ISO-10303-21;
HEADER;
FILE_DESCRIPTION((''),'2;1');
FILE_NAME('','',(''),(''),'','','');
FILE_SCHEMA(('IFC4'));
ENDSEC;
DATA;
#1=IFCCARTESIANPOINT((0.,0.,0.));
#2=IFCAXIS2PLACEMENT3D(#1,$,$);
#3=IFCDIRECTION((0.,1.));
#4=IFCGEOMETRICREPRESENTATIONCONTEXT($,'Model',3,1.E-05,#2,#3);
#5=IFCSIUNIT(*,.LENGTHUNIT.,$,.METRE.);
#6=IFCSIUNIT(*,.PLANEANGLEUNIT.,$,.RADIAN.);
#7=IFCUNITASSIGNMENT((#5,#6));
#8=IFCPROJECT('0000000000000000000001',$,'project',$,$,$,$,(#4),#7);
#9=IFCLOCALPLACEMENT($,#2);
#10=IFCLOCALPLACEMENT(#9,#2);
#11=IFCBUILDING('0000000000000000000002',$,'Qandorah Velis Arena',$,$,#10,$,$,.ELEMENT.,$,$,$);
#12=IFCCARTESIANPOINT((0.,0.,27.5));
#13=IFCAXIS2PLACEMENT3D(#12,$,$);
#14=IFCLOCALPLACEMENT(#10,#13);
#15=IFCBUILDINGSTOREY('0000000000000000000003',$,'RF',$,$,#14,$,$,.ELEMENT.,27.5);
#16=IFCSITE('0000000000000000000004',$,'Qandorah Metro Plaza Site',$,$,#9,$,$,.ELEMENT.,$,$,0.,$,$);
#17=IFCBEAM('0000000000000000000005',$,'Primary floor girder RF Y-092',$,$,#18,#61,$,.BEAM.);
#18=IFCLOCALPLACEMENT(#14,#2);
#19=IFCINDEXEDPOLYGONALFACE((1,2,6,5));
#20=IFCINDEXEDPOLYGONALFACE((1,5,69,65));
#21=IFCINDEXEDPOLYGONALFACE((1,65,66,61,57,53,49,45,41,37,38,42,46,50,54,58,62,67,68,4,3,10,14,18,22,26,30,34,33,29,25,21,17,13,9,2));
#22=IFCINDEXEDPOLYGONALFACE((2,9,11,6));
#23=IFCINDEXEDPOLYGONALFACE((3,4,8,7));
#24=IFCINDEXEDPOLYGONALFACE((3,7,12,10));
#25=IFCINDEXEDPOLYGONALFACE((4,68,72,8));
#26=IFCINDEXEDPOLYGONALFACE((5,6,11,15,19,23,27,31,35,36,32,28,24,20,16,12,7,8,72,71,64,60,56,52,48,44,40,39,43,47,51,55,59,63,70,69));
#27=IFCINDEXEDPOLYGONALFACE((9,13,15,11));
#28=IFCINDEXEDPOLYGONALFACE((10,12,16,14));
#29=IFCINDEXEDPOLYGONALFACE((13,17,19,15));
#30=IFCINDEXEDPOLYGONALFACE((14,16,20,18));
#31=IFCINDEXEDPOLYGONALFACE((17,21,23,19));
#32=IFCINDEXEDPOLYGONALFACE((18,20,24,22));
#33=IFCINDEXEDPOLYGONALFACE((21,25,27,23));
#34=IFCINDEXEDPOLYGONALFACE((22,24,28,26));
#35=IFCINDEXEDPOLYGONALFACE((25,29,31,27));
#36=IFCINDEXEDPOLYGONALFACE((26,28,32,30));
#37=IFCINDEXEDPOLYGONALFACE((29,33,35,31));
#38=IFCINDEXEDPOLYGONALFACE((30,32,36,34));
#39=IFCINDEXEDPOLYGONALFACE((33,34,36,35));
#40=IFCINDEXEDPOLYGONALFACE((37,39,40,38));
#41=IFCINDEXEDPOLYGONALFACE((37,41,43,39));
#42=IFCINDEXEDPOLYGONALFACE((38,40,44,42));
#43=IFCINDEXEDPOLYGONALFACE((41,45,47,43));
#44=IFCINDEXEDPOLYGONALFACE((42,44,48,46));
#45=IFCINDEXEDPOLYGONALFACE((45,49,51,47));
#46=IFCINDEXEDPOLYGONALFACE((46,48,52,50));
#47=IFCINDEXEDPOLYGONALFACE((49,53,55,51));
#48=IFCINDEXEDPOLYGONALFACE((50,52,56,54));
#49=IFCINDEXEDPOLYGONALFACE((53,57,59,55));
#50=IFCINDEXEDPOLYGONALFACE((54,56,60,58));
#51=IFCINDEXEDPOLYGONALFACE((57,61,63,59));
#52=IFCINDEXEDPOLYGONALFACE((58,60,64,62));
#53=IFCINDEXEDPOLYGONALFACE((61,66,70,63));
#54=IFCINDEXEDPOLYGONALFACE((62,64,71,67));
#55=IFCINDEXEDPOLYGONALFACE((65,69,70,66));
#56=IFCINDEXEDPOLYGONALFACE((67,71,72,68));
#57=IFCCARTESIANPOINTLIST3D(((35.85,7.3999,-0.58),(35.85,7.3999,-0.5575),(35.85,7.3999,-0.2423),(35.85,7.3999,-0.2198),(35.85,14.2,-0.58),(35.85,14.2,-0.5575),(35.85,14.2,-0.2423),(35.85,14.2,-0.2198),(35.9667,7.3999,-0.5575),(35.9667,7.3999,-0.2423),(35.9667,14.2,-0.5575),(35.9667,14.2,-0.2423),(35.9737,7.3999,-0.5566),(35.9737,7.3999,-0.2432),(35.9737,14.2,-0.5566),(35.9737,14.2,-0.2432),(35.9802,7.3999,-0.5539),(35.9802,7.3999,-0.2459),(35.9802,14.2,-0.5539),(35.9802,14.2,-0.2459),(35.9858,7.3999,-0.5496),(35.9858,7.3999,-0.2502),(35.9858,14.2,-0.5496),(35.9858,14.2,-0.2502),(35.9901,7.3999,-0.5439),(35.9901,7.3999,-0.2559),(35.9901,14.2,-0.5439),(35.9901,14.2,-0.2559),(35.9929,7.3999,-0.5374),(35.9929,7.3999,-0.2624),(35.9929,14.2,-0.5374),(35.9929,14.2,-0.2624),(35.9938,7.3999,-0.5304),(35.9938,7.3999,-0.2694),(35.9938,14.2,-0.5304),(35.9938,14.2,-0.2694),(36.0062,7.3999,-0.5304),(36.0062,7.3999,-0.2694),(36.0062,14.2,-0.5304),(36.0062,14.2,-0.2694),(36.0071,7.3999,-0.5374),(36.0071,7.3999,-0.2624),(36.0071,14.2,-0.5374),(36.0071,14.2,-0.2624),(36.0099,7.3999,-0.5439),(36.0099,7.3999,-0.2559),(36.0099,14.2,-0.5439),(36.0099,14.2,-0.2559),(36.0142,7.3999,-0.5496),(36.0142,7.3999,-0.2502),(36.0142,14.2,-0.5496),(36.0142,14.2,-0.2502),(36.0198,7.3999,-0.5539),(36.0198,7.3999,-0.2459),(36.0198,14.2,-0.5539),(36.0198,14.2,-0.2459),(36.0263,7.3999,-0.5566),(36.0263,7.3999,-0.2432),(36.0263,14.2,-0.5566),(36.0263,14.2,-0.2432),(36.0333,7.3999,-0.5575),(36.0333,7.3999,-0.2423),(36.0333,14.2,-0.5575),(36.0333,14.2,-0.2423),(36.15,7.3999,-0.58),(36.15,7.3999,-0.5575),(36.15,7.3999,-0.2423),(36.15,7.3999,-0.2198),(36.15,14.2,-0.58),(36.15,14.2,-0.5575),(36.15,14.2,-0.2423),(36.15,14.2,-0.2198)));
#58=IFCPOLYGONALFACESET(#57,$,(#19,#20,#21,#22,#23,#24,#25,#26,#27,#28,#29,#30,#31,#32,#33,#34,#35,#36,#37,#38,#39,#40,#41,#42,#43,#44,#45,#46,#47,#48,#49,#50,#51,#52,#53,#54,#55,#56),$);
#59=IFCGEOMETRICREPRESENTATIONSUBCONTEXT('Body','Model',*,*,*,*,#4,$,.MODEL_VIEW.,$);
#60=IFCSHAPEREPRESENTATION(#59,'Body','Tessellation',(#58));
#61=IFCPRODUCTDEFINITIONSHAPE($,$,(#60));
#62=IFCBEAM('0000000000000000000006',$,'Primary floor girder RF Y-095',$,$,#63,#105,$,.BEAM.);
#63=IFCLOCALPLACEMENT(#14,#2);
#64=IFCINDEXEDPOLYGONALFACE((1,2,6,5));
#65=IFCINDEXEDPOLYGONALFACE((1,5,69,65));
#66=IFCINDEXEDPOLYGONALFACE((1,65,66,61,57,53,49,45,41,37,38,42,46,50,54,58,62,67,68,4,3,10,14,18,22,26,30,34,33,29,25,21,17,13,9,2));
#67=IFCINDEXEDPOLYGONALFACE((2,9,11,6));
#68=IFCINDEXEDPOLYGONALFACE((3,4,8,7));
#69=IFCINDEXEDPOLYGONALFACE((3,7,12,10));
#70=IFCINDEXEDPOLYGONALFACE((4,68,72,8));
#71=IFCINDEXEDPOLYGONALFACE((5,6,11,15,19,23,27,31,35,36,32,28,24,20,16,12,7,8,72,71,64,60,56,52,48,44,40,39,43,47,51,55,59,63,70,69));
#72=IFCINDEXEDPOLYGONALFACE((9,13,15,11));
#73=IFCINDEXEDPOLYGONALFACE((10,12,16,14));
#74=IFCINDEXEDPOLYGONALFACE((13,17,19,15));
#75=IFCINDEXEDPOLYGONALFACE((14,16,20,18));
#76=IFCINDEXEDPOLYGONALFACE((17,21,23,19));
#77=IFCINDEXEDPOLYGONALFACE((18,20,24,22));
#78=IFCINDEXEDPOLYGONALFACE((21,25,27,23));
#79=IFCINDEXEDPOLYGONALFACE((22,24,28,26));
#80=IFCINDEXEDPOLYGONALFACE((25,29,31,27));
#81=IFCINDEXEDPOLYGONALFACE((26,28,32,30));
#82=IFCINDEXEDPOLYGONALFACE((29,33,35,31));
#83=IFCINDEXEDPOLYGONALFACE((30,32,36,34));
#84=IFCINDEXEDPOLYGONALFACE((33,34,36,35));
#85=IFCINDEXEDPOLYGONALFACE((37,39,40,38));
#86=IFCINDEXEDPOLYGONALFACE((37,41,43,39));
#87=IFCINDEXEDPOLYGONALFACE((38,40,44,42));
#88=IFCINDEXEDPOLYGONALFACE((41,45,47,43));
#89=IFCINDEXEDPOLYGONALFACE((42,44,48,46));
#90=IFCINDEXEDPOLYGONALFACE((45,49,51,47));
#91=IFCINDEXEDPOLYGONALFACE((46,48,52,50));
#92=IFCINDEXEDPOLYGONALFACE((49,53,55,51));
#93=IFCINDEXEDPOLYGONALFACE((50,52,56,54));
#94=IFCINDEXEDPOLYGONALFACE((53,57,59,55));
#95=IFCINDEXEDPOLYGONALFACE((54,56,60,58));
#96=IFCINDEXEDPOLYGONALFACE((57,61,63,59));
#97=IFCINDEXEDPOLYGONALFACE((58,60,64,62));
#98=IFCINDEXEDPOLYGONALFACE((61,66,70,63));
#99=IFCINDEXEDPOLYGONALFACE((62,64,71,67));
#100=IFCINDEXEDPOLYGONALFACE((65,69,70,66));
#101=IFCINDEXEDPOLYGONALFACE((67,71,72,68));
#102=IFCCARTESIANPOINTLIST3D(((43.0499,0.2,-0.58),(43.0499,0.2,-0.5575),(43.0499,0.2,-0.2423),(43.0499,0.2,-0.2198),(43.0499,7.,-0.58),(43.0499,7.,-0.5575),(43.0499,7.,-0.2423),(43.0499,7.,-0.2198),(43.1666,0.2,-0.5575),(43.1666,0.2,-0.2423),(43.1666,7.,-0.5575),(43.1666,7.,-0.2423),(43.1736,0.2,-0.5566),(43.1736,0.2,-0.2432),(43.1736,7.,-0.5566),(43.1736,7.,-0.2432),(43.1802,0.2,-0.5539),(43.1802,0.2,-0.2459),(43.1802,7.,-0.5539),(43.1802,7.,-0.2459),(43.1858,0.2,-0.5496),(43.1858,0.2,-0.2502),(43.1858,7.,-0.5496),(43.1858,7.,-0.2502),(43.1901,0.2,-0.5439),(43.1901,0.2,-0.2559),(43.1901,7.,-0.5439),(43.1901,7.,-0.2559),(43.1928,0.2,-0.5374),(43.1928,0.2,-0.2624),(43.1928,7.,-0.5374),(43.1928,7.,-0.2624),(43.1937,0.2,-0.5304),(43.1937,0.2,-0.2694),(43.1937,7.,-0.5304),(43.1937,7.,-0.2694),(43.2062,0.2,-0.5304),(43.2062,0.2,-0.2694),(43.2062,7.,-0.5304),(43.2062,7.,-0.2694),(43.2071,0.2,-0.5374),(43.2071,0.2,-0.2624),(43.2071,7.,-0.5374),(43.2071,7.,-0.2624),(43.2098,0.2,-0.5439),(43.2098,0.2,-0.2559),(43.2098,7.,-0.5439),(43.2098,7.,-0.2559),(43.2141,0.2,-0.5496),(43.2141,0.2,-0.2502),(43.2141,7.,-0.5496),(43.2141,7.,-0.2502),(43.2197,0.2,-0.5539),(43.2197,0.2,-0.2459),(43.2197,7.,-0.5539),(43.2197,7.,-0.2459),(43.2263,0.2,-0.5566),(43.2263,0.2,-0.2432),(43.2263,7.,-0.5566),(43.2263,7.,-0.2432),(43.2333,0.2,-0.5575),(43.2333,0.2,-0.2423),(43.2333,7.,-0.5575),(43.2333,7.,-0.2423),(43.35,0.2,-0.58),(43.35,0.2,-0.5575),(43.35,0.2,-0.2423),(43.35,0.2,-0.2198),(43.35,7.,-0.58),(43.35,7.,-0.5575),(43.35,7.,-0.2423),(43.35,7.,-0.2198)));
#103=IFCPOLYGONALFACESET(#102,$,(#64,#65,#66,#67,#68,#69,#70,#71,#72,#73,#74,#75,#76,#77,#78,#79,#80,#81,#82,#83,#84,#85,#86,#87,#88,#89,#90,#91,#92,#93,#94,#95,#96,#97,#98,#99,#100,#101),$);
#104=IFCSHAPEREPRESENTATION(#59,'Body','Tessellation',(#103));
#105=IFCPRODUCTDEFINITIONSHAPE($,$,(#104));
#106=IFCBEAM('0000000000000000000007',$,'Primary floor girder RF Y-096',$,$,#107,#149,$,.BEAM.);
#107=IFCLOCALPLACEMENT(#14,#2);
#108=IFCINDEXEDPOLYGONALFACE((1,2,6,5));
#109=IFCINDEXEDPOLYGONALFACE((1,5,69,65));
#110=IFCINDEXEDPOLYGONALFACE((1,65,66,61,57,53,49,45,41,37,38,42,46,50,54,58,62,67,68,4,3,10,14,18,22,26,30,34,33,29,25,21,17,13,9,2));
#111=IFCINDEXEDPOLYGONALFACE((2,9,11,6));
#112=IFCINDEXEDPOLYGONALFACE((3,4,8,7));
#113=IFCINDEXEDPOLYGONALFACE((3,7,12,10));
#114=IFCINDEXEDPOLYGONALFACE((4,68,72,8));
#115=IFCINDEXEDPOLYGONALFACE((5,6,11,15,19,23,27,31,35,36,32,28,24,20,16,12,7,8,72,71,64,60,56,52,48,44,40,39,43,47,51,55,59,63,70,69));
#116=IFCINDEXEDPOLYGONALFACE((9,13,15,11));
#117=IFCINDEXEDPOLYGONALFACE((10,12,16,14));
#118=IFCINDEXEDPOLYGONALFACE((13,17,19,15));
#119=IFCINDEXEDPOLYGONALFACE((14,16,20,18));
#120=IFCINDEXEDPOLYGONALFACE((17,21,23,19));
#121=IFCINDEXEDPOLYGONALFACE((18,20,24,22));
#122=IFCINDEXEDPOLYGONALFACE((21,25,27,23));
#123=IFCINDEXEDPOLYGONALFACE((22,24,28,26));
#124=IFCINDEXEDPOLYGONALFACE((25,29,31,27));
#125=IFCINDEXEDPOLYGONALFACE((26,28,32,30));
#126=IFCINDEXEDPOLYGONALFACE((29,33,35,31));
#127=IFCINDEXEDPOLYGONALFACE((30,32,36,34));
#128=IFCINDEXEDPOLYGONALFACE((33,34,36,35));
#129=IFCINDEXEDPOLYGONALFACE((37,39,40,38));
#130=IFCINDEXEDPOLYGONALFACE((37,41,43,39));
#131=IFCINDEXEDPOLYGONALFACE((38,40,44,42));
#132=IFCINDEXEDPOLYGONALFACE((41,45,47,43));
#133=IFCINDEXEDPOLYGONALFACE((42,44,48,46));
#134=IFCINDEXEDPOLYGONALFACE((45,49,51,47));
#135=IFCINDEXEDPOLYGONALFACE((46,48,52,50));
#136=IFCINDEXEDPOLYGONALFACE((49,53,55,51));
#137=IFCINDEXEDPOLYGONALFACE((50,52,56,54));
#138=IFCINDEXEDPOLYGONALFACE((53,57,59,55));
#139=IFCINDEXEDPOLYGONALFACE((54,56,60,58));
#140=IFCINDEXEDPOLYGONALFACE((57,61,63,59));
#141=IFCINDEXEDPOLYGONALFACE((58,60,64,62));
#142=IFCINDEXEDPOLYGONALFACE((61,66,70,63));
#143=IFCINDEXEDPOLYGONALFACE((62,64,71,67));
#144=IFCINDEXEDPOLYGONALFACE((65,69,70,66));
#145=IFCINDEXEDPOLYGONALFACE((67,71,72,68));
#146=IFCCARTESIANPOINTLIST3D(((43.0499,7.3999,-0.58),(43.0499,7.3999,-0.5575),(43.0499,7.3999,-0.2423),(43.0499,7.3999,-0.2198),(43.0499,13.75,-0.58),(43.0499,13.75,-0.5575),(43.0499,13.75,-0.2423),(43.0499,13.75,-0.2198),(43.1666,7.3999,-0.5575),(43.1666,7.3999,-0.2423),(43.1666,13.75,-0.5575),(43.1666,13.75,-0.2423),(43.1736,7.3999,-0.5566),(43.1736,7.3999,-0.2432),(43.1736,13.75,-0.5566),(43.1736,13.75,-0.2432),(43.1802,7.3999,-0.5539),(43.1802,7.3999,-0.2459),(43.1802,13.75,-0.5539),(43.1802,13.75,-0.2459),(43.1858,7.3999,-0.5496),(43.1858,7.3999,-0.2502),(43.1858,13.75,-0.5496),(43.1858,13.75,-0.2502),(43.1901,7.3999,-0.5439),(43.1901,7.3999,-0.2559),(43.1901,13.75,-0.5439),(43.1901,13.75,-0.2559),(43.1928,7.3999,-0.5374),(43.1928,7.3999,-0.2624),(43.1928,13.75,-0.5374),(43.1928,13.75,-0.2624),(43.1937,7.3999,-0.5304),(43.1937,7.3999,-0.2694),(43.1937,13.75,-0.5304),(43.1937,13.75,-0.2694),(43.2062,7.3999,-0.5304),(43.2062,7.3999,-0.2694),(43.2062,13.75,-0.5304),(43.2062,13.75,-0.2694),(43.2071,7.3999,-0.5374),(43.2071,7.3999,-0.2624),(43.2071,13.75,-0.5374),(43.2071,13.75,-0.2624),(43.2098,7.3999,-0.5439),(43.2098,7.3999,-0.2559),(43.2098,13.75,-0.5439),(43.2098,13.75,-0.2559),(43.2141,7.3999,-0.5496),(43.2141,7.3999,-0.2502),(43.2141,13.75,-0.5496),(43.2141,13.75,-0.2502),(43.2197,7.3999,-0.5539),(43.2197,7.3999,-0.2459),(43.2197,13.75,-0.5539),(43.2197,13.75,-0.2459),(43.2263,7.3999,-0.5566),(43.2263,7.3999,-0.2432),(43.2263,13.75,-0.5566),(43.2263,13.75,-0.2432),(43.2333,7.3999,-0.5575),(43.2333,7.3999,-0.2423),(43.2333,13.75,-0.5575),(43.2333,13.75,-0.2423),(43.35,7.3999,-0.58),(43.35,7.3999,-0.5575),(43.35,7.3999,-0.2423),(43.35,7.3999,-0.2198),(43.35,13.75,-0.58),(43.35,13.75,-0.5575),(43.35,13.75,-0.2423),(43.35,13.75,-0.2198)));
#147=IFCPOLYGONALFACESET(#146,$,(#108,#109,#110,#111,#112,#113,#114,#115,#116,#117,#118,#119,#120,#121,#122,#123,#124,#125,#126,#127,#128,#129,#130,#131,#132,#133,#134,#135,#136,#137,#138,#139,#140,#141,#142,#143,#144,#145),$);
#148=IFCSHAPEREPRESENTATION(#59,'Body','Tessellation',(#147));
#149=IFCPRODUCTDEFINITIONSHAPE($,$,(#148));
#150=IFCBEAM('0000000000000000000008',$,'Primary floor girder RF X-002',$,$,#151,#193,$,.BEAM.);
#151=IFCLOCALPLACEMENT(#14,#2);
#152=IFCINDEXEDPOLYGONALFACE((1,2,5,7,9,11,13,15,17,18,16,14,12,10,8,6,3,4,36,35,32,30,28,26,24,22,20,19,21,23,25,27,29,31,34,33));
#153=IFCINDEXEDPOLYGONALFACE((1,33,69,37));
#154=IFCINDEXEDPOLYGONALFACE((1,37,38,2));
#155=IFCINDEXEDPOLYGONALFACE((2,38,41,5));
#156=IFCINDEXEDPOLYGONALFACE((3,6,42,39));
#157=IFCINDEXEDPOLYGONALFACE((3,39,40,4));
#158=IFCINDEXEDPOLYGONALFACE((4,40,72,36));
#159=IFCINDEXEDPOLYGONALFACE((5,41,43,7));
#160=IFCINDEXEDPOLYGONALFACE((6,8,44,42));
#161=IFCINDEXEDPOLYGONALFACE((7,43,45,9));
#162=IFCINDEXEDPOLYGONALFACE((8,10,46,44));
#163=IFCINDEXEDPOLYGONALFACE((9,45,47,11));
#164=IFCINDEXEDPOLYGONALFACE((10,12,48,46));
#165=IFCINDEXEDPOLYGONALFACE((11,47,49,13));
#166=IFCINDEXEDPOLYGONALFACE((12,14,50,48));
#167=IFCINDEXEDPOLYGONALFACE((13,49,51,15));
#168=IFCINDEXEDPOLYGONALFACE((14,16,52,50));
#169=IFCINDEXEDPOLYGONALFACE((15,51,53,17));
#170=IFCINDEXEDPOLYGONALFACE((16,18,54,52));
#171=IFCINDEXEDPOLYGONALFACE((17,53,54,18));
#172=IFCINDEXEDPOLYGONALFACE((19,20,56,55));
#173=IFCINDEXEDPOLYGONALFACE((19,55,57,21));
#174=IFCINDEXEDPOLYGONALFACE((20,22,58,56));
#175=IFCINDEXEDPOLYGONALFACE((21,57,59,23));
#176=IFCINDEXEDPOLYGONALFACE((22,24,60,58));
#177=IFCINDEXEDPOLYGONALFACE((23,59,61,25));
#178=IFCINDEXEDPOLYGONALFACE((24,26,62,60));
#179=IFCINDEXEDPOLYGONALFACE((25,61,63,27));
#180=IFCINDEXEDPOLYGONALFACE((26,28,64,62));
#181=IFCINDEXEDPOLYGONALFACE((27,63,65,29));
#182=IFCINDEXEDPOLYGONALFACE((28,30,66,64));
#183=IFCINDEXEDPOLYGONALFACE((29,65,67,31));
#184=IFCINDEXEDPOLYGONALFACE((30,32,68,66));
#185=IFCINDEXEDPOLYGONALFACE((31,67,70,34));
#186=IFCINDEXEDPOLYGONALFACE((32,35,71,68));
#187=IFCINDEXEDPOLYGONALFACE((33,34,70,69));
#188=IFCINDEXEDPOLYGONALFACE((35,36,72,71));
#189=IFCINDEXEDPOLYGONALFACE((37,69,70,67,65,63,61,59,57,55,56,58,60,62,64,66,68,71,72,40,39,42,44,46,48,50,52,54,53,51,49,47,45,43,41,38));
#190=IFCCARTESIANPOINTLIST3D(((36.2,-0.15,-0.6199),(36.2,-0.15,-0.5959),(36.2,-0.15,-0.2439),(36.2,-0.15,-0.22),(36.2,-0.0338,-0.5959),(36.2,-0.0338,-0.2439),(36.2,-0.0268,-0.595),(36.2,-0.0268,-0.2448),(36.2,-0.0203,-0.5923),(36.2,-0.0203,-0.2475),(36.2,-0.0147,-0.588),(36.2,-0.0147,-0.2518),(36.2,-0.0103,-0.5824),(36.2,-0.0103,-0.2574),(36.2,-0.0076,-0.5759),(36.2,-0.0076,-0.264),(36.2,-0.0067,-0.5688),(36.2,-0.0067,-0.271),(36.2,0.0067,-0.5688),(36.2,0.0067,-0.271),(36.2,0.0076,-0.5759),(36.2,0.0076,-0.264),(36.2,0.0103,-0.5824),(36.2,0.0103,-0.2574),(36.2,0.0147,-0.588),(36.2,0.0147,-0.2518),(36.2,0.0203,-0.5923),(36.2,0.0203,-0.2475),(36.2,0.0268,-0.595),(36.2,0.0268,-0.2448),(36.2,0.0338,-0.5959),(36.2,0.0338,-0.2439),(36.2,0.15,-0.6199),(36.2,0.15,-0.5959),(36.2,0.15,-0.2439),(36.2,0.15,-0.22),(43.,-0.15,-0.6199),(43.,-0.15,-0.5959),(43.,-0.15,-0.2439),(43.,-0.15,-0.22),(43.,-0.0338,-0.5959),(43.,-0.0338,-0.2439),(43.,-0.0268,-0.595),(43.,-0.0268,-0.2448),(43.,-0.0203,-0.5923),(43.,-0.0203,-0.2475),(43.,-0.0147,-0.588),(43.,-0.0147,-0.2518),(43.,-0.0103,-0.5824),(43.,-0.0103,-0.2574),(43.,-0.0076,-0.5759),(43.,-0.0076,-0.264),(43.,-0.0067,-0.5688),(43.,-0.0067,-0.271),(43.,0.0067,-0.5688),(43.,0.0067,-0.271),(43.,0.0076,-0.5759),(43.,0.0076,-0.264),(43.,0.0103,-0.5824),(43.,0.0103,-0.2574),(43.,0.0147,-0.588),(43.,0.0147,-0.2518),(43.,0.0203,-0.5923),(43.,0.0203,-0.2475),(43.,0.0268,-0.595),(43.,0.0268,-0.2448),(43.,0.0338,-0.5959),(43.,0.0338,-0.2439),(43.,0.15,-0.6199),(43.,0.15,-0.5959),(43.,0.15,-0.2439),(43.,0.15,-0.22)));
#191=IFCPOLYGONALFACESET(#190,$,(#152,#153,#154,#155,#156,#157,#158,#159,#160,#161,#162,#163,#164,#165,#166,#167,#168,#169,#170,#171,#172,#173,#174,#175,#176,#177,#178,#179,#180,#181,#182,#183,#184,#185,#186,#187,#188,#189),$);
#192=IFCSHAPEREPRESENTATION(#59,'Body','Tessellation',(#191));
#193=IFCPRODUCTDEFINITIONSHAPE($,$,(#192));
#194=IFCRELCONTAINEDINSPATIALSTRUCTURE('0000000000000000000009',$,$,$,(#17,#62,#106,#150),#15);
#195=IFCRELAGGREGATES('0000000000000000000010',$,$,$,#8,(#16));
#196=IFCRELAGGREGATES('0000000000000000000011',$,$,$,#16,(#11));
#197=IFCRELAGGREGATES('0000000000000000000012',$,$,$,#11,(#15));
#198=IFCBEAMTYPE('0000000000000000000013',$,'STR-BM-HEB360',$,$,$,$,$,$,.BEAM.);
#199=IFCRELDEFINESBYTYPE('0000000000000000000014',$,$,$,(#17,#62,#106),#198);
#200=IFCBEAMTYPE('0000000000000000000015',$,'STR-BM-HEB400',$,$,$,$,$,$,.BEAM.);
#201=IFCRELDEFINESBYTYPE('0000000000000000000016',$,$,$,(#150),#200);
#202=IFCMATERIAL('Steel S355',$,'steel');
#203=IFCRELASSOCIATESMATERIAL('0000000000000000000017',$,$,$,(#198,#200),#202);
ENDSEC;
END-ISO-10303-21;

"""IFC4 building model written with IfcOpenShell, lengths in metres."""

from ifc_helpers import new_model, si_unit, direction, frame, origin, origin_2d, place, context, subcontext, project, spatial, i_section, extrude, material, material_profile, profile_set, type_object, element, save


model = new_model("IFC4")

# Units and contexts
model_context = context("Model", 3, precision=1e-05, world=origin(), true_north=direction((0.0, 1.0)))
body_context = subcontext(model_context, "Body", "Model", "MODEL_VIEW")
ifc_project = project(units=[si_unit("LENGTHUNIT", "METRE"), si_unit("PLANEANGLEUNIT", "RADIAN")], contexts=[model_context])

# Site, building, storey
site_placement = place(None, origin())
site = spatial("IfcSite", under=ifc_project, at=site_placement, Name="Qandorah Metro Plaza Site", CompositionType="ELEMENT", RefElevation=0.0)
building_placement = place(site_placement, origin())
building = spatial("IfcBuilding", under=site, at=building_placement, Name="Qandorah Velis Arena", CompositionType="ELEMENT")
storey_placement = place(building_placement, frame((0.0, 0.0, 27.5)))
storey = spatial("IfcBuildingStorey", under=building, at=storey_placement, Name="RF", CompositionType="ELEMENT", Elevation=27.5)

# Beams
ifc_material_1 = material(Name="Steel S355", Category="steel")
ifc_material_profile_1 = material_profile(ifc_material_1, i_section(OverallWidth=0.3, OverallDepth=0.3601, WebThickness=0.0125, FlangeThickness=0.0225, FilletRadius=0.0271, at=origin_2d()), Name="HEB 360")
ifc_profile_set_1 = profile_set([ifc_material_profile_1], Name="Steel S355")
beam_type_1 = type_object("IfcBeamType", Name="STR-BM-HEB360", PredefinedType="BEAM", material=ifc_profile_set_1)
for number, where, z_axis, x_axis, name in (
    (1, (36.0, 7.3999, -0.3999), (0.0, 1.0, 0.0), (-1.0, 0.0, 0.0), "Primary floor girder RF Y-092"),
    (2, (43.2, 0.2, -0.3999), (0.0, 1.0, 0.0), (-1.0, 0.0, 0.0), "Primary floor girder RF Y-095"),
):
    element("IfcBeam", number, at=place(storey_placement, frame(where, z_axis=z_axis, x_axis=x_axis)), inside=storey, type_object=beam_type_1, Name=name, PredefinedType="BEAM", context=body_context, shape_type="SweptSolid", body=[
        extrude(i_section(OverallWidth=0.3, OverallDepth=0.3601, WebThickness=0.0125, FlangeThickness=0.0225, FilletRadius=0.0271, at=origin_2d()), origin(), (0.0, 0.0, 1.0), 6.8),
    ])
beam_1_placement = place(storey_placement, frame((43.2, 7.3999, -0.3999), z_axis=(0.0, 1.0, 0.0), x_axis=(-1.0, 0.0, 0.0)))
element("IfcBeam", 3, at=beam_1_placement, inside=storey, type_object=beam_type_1, Name="Primary floor girder RF Y-096", PredefinedType="BEAM", context=body_context, shape_type="SweptSolid", body=[
    extrude(i_section(OverallWidth=0.3, OverallDepth=0.3601, WebThickness=0.0125, FlangeThickness=0.0225, FilletRadius=0.0271, at=origin_2d()), origin(), (0.0, 0.0, 1.0), 6.3501),
])
ifc_material_profile_2 = material_profile(ifc_material_1, i_section(OverallWidth=0.3, OverallDepth=0.3999, WebThickness=0.0134, FlangeThickness=0.0239, FilletRadius=0.0271, at=origin_2d()), Name="HEB 400")
ifc_profile_set_2 = profile_set([ifc_material_profile_2], Name="Steel S355")
beam_type_2 = type_object("IfcBeamType", Name="STR-BM-HEB400", PredefinedType="BEAM", material=ifc_profile_set_2)
for number, where, z_axis, x_axis, name in (
    (4, (36.2, 0.0, -0.4199), (1.0, 0.0, 0.0), (0.0, 1.0, 0.0), "Primary floor girder RF X-002"),
):
    element("IfcBeam", number, at=place(storey_placement, frame(where, z_axis=z_axis, x_axis=x_axis)), inside=storey, type_object=beam_type_2, Name=name, PredefinedType="BEAM", context=body_context, shape_type="SweptSolid", body=[
        extrude(i_section(OverallWidth=0.3, OverallDepth=0.3999, WebThickness=0.0134, FlangeThickness=0.0239, FilletRadius=0.0271, at=origin_2d()), origin(), (0.0, 0.0, 1.0), 6.8),
    ])

save(model, "model.ifc")
